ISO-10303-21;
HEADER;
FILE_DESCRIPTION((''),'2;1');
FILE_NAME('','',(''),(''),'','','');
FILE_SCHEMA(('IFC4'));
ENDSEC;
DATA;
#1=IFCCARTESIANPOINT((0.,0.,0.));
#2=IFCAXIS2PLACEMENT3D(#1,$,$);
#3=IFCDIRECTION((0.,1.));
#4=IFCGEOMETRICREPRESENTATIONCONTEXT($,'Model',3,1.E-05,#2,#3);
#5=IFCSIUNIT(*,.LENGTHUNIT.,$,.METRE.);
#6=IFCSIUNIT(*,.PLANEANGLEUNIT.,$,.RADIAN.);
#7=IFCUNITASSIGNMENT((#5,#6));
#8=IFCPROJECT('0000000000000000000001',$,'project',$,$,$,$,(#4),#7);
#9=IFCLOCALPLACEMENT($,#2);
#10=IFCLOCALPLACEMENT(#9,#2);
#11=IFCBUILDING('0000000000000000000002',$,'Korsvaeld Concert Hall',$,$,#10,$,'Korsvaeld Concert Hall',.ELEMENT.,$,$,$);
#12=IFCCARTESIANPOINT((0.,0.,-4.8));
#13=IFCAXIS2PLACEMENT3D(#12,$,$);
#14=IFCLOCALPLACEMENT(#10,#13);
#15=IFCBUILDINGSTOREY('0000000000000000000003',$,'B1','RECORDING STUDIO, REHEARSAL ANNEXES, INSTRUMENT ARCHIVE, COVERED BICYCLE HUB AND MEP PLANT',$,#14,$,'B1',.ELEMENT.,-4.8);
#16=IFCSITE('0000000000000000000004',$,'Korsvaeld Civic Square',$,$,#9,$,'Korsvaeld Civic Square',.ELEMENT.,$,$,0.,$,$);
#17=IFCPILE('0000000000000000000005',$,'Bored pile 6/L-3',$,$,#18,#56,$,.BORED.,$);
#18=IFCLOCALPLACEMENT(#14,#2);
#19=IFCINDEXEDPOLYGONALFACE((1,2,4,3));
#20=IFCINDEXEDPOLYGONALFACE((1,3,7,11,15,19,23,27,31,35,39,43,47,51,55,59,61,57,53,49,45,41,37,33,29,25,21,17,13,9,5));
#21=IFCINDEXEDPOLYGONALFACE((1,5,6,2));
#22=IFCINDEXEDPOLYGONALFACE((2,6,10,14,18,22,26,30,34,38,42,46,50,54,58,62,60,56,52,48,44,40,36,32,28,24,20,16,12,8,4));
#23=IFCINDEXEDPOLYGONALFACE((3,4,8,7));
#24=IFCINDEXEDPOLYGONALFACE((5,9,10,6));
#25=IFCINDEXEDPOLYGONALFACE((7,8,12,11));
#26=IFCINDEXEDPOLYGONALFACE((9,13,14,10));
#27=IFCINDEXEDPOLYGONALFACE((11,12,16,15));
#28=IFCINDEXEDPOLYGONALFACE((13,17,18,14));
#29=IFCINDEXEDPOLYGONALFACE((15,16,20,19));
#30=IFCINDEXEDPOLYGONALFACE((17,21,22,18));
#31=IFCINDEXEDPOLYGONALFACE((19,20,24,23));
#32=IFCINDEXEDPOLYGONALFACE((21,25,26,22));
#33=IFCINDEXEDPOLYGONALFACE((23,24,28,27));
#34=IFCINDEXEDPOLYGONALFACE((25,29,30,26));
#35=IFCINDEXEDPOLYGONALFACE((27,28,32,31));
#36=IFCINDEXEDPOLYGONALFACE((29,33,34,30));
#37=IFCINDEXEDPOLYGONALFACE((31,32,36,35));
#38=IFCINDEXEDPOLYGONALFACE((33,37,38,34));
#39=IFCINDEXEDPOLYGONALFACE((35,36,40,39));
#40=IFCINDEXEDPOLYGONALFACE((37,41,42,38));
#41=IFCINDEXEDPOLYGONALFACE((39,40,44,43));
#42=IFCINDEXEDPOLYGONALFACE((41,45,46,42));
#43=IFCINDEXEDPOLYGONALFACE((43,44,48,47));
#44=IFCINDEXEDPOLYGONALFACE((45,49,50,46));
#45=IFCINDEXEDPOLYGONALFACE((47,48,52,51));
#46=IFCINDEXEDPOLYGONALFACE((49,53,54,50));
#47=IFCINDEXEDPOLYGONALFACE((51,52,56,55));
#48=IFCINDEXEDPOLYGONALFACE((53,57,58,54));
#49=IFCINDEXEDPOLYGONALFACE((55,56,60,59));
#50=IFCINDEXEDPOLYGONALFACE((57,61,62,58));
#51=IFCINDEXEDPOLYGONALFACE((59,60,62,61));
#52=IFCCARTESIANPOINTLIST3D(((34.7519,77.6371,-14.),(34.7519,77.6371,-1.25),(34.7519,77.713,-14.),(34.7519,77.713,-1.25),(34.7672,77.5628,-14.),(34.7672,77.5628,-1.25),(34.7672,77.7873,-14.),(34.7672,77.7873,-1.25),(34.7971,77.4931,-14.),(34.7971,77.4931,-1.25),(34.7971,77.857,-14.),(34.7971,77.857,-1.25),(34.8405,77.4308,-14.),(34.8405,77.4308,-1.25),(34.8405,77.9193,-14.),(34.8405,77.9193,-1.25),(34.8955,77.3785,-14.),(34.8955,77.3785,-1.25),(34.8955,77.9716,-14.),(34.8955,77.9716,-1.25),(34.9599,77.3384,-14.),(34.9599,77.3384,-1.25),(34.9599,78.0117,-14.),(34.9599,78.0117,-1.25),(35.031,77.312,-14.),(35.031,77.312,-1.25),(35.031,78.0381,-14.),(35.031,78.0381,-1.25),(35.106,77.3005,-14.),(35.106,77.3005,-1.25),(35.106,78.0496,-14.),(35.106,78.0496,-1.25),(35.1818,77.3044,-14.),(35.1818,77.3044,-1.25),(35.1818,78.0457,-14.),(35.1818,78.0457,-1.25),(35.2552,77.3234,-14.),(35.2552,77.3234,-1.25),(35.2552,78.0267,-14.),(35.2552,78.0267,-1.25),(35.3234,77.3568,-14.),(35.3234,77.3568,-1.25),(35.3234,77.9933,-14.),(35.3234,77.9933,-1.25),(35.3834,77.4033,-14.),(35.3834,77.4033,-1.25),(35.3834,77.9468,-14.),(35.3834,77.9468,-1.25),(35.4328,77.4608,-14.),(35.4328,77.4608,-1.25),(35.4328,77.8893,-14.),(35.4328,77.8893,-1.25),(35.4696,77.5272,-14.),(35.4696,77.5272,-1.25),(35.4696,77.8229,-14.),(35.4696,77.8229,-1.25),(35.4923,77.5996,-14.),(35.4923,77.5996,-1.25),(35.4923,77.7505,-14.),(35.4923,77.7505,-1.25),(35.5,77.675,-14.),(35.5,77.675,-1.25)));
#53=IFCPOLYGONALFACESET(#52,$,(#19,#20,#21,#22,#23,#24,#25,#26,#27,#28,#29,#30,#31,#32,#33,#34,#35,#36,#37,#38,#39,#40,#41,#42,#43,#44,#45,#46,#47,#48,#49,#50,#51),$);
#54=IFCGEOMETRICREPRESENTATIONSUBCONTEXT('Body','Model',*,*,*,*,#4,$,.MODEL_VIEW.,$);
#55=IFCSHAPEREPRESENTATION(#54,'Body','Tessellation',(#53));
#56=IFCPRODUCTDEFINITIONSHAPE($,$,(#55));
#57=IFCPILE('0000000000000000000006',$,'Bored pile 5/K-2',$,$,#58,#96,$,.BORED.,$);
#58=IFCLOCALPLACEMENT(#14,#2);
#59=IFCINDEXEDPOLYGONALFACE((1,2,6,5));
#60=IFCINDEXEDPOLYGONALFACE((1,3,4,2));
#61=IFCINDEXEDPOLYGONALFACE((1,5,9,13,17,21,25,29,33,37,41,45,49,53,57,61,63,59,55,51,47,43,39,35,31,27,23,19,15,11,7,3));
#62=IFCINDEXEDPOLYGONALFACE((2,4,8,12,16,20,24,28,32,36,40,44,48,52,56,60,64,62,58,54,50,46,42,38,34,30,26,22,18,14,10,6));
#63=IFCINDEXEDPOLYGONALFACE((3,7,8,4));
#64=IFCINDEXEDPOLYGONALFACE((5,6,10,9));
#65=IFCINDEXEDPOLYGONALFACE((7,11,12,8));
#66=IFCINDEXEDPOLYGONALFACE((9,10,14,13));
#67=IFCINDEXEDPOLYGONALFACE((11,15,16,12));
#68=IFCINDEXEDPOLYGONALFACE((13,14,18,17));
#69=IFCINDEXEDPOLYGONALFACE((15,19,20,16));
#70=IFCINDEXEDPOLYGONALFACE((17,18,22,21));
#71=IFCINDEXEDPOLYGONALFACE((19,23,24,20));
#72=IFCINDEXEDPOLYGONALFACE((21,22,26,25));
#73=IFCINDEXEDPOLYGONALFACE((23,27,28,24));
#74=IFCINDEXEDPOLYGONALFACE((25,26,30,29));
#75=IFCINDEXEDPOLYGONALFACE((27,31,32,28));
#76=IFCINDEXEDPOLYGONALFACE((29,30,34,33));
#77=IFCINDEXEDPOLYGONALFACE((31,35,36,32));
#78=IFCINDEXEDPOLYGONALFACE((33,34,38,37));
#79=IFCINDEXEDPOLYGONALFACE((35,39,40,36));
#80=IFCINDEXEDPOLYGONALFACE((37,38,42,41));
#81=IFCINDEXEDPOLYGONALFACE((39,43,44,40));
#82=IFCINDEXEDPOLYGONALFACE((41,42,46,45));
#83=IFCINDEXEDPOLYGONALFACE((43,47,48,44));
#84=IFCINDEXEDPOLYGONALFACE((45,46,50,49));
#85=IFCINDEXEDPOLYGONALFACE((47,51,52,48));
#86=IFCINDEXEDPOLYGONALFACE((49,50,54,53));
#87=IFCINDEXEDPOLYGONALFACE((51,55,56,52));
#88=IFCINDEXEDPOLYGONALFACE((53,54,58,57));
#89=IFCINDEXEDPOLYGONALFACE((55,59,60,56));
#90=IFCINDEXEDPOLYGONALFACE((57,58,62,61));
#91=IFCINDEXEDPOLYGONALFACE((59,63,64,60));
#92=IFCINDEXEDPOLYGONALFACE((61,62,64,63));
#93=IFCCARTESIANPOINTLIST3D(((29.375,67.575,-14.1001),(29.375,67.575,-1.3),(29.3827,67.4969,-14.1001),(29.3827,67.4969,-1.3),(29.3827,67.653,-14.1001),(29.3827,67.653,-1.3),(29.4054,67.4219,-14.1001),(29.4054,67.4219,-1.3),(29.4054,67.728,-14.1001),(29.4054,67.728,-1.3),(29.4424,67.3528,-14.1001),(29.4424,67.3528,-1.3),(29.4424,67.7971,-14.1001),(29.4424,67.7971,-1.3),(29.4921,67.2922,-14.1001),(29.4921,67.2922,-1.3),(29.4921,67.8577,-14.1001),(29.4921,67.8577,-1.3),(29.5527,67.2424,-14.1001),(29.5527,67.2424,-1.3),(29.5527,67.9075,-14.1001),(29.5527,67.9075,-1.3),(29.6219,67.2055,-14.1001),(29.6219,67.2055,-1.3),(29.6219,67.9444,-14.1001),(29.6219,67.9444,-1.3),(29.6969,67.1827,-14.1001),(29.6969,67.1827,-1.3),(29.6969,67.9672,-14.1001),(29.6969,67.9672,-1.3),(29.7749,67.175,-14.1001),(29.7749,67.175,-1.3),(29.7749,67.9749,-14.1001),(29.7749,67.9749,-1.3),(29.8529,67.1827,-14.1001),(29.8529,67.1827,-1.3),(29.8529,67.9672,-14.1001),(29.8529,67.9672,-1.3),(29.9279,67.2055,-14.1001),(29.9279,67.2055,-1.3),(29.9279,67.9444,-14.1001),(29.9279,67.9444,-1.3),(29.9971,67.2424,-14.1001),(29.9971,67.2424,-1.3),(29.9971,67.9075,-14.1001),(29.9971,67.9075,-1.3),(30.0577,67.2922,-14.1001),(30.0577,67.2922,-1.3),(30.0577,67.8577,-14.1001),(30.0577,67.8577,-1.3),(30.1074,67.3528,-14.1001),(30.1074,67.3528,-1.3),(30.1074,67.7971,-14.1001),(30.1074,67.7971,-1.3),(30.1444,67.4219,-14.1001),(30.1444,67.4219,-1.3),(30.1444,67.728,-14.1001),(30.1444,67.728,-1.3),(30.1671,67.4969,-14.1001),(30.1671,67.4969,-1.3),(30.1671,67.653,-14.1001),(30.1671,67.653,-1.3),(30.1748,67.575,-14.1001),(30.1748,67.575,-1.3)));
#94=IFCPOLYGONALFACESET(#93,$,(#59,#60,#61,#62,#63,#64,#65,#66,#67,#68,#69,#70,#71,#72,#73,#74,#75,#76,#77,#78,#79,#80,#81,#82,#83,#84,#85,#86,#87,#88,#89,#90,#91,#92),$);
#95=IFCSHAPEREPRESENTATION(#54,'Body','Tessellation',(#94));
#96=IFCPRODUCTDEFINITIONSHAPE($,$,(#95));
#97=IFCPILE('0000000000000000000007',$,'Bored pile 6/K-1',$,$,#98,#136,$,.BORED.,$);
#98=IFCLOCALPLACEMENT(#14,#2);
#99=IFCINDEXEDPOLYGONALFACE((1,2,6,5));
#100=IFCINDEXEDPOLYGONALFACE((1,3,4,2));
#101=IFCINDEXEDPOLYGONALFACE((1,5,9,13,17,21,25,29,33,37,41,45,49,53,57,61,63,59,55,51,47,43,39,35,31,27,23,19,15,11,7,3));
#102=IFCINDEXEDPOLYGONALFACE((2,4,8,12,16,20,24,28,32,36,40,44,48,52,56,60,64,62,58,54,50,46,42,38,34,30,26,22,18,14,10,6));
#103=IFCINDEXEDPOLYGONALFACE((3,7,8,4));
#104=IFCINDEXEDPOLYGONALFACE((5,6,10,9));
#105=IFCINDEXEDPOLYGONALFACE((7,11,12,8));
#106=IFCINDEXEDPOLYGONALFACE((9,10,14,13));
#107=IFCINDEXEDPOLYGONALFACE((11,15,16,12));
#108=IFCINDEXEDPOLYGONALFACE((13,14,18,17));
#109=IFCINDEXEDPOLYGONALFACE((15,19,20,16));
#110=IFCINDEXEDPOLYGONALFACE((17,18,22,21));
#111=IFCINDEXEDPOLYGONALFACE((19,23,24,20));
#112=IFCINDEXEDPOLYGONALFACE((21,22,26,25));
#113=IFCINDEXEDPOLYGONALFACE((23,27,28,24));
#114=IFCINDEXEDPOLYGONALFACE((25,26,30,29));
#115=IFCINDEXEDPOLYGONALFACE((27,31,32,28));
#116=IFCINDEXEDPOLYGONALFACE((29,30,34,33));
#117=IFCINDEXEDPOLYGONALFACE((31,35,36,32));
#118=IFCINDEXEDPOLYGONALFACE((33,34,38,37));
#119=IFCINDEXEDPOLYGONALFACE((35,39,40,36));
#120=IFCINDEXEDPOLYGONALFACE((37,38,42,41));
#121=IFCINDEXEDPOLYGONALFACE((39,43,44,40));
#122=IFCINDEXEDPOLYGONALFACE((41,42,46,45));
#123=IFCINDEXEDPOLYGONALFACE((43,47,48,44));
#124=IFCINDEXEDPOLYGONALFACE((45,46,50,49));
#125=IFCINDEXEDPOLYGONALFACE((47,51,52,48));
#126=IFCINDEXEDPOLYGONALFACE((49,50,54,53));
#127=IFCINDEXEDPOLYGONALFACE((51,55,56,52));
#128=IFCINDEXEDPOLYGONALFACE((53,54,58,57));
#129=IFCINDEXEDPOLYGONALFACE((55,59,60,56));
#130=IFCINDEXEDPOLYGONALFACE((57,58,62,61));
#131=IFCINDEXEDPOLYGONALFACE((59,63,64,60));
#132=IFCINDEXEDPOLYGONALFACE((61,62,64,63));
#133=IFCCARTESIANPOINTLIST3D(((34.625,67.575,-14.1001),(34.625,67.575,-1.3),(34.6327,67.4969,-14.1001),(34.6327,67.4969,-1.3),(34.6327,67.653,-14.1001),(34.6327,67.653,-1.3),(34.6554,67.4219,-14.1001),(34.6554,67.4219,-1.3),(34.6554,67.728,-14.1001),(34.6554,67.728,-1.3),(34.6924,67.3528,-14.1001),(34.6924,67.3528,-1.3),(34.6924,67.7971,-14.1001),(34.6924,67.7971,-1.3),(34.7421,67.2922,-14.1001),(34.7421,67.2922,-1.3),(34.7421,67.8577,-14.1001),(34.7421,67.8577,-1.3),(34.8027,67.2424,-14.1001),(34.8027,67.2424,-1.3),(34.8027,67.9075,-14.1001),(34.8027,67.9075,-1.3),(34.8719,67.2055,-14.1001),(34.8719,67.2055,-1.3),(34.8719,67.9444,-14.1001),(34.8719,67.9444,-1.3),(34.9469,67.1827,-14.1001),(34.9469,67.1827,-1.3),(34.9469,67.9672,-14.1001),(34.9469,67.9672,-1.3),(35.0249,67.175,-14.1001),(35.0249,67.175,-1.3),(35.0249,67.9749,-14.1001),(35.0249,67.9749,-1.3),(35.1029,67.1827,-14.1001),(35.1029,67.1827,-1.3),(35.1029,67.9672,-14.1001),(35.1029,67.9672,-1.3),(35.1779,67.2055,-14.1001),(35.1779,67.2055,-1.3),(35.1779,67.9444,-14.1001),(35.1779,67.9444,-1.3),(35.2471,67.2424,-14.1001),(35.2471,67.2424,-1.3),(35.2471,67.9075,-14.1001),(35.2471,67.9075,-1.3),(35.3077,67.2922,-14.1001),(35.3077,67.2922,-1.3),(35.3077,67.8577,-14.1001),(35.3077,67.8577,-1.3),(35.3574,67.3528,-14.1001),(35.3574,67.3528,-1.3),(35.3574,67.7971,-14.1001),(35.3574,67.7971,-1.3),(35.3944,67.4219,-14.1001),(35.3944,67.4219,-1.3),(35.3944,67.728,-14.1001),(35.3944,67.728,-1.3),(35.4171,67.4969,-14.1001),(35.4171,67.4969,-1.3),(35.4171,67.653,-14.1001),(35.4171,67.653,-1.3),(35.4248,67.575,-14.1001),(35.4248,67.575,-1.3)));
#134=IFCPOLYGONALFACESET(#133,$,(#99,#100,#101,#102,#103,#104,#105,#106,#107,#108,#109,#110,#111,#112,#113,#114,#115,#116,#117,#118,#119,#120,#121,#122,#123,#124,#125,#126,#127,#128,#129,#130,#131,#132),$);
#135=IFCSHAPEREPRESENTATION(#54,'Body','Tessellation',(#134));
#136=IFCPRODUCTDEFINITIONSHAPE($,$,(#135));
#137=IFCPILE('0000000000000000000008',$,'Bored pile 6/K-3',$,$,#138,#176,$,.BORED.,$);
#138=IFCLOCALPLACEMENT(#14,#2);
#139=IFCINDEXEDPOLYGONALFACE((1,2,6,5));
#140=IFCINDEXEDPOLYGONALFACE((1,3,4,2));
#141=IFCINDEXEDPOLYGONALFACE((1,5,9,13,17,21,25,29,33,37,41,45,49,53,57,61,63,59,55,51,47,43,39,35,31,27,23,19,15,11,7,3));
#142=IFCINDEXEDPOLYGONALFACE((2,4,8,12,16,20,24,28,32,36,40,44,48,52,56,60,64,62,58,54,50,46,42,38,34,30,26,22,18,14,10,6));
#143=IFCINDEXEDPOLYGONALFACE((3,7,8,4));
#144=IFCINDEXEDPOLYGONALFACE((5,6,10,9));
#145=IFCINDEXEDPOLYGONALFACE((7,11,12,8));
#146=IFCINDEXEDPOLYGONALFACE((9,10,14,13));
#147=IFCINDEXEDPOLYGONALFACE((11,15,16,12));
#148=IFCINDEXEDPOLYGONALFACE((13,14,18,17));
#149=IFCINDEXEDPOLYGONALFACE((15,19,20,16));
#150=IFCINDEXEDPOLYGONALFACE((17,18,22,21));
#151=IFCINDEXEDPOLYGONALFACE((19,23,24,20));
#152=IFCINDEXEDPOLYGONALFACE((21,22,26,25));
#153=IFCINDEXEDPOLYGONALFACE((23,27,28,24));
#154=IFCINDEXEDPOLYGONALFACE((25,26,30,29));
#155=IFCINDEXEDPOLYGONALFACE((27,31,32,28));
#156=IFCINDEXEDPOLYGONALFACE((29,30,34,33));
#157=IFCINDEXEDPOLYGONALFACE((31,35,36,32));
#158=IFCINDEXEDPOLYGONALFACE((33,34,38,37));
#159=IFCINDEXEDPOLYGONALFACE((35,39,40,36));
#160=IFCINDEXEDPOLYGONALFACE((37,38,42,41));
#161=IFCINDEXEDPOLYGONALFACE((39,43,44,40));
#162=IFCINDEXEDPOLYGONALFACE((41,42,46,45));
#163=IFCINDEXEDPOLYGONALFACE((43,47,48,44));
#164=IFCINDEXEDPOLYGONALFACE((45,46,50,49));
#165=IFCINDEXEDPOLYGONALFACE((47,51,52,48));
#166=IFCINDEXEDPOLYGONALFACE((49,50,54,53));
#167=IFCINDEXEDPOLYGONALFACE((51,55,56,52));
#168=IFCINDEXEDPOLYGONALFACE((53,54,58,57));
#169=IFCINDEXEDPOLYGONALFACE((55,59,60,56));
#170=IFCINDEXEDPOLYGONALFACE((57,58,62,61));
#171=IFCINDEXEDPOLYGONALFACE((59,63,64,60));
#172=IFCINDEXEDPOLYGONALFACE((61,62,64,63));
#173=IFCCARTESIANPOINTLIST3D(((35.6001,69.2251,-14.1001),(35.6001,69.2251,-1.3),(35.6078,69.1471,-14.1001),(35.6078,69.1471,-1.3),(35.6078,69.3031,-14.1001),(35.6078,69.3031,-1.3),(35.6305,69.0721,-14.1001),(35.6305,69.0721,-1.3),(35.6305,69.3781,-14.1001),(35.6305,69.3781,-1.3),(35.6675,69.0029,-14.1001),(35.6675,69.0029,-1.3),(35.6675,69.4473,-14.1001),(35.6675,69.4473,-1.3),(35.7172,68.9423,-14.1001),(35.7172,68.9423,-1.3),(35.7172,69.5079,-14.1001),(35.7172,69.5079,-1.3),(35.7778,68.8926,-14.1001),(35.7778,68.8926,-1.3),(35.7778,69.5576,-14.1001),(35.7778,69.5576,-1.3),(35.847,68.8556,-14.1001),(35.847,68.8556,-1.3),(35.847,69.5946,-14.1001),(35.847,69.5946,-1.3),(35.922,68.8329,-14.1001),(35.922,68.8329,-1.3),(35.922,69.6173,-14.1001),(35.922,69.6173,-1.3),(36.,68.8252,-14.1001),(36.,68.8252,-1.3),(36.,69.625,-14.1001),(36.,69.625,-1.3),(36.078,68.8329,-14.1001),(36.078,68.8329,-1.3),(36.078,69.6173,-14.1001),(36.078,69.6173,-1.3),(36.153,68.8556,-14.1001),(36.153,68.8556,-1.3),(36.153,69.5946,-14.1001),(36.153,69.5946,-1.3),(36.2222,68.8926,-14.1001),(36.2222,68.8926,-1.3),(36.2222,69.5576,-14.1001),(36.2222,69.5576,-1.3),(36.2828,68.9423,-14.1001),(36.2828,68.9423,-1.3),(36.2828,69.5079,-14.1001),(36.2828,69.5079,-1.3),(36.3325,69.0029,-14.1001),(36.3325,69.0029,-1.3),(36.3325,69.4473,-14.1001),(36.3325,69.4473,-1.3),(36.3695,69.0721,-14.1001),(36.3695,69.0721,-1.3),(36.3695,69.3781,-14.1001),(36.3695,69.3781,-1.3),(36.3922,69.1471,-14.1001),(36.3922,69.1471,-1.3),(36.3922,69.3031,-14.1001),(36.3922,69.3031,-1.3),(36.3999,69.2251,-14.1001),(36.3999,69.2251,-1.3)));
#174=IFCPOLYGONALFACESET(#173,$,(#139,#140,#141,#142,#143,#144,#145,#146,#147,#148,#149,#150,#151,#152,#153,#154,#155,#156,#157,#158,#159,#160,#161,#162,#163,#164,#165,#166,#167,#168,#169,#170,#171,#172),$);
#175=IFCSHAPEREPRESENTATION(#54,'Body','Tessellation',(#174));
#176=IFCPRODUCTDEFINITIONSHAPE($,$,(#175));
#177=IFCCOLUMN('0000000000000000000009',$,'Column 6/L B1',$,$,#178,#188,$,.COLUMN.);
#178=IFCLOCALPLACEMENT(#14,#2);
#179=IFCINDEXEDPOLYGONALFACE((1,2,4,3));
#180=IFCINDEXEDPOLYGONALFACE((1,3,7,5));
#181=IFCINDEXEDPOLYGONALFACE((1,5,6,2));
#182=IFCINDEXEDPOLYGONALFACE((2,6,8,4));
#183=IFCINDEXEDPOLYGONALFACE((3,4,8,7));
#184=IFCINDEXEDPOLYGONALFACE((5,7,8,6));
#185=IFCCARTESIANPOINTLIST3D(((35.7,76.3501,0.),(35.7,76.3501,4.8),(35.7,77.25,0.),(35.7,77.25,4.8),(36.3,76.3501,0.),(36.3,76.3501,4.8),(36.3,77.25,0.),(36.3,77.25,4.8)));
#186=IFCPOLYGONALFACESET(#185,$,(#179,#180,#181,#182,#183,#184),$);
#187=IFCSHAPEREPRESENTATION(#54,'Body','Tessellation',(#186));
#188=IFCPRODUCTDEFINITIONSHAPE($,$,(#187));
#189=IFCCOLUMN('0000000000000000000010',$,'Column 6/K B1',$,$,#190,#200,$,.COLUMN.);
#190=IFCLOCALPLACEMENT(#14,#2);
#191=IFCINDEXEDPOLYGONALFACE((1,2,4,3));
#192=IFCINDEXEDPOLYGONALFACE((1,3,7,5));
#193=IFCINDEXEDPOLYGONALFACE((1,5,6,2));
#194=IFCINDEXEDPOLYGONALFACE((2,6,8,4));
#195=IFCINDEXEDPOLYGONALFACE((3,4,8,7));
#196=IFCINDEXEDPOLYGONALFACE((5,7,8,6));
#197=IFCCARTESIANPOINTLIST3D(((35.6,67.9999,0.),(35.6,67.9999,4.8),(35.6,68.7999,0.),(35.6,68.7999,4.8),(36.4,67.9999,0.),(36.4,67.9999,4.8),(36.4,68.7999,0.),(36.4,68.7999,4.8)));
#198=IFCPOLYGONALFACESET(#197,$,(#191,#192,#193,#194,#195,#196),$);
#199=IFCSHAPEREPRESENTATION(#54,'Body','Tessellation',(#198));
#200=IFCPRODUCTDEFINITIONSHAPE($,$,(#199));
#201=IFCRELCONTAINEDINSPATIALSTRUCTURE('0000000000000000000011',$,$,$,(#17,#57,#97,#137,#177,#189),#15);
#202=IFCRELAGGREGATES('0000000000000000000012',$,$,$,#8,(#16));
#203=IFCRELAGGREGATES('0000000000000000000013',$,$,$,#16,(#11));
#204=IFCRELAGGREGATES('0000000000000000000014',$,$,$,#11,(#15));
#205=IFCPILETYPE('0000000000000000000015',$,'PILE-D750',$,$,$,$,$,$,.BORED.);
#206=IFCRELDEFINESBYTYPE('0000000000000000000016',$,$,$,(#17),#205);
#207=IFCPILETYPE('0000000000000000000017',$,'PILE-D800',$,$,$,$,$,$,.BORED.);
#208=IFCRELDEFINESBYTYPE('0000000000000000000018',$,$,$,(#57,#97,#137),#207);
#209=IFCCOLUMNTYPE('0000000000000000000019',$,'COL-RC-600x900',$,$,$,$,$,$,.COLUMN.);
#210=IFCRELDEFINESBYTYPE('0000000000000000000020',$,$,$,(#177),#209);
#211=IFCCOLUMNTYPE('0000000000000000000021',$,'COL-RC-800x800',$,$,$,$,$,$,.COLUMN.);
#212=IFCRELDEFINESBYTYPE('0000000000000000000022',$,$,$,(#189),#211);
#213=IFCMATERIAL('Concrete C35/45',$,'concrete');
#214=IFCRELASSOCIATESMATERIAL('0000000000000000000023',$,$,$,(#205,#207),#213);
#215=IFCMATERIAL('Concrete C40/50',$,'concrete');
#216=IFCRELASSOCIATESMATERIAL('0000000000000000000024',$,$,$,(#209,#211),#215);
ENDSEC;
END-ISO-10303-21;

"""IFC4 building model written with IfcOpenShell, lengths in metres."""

from ifc_helpers import new_model, si_unit, direction, frame, origin, origin_2d, place, context, subcontext, project, spatial, rectangle, circle, extrude, material, material_profile, profile_set, type_object, element, save


model = new_model("IFC4")

# Units and contexts
model_context = context("Model", 3, precision=1e-05, world=origin(), true_north=direction((0.0, 1.0)))
body_context = subcontext(model_context, "Body", "Model", "MODEL_VIEW")
ifc_project = project(units=[si_unit("LENGTHUNIT", "METRE"), si_unit("PLANEANGLEUNIT", "RADIAN")], contexts=[model_context])

# Site, building, storey
site_placement = place(None, origin())
site = spatial("IfcSite", under=ifc_project, at=site_placement, Name="Korsvaeld Civic Square", LongName="Korsvaeld Civic Square", CompositionType="ELEMENT", RefElevation=0.0)
building_placement = place(site_placement, origin())
building = spatial("IfcBuilding", under=site, at=building_placement, Name="Korsvaeld Concert Hall", LongName="Korsvaeld Concert Hall", CompositionType="ELEMENT")
storey_placement = place(building_placement, frame((0.0, 0.0, -4.8)))
storey = spatial("IfcBuildingStorey", under=building, at=storey_placement, Name="B1", Description="RECORDING STUDIO, REHEARSAL ANNEXES, INSTRUMENT ARCHIVE, COVERED BICYCLE HUB AND MEP PLANT", LongName="B1", CompositionType="ELEMENT", Elevation=-4.8)

# Shared definitions
ifc_material_1 = material(Name="Concrete C35/45", Category="concrete")

# Piles
ifc_material_profile_1 = material_profile(ifc_material_1, circle(Radius=0.375, at=origin_2d()), Name="BORED PILE D750")
ifc_profile_set_1 = profile_set([ifc_material_profile_1], Name="Concrete C35/45")
pile_type_1 = type_object("IfcPileType", Name="PILE-D750", PredefinedType="BORED", material=ifc_profile_set_1)
for number, where, z_axis, x_axis, name in (
    (1, (35.125, 77.675, -1.25), (0.0, 0.0, -1.0), (1.0, 0.0, 0.0), "Bored pile 6/L-3"),
):
    element("IfcPile", number, at=place(storey_placement, frame(where, z_axis=z_axis, x_axis=x_axis)), inside=storey, type_object=pile_type_1, Name=name, PredefinedType="BORED", context=body_context, shape_type="SweptSolid", body=[
        extrude(circle(Radius=0.375, at=origin_2d()), origin(), (0.0, 0.0, 1.0), 12.75),
    ])
ifc_material_profile_2 = material_profile(ifc_material_1, circle(Radius=0.3999, at=origin_2d()), Name="BORED PILE D800")
ifc_profile_set_2 = profile_set([ifc_material_profile_2], Name="Concrete C35/45")
pile_type_2 = type_object("IfcPileType", Name="PILE-D800", PredefinedType="BORED", material=ifc_profile_set_2)
for number, where, z_axis, x_axis, name in (
    (2, (29.7749, 67.575, -1.3), (0.0, 0.0, -1.0), (1.0, 0.0, 0.0), "Bored pile 5/K-2"),
    (3, (35.0249, 67.575, -1.3), (0.0, 0.0, -1.0), (1.0, 0.0, 0.0), "Bored pile 6/K-1"),
    (4, (36.0, 69.2251, -1.3), (0.0, 0.0, -1.0), (1.0, 0.0, 0.0), "Bored pile 6/K-3"),
):
    element("IfcPile", number, at=place(storey_placement, frame(where, z_axis=z_axis, x_axis=x_axis)), inside=storey, type_object=pile_type_2, Name=name, PredefinedType="BORED", context=body_context, shape_type="SweptSolid", body=[
        extrude(circle(Radius=0.3999, at=origin_2d()), origin(), (0.0, 0.0, 1.0), 12.8),
    ])

# Columns
ifc_material_2 = material(Name="Concrete C40/50", Category="concrete")
ifc_material_profile_3 = material_profile(ifc_material_2, rectangle(XDim=0.6001, YDim=0.8999, at=origin_2d()), Name="RC 600x900")
ifc_profile_set_3 = profile_set([ifc_material_profile_3], Name="Concrete C40/50")
column_type_1 = type_object("IfcColumnType", Name="COL-RC-600x900", PredefinedType="COLUMN", material=ifc_profile_set_3)
column_1_placement = place(storey_placement, frame((36.0, 76.8, 0.0), z_axis=(0.0, 0.0, 1.0), x_axis=(1.0, 0.0, 0.0)))
element("IfcColumn", 5, at=column_1_placement, inside=storey, type_object=column_type_1, Name="Column 6/L B1", PredefinedType="COLUMN", context=body_context, shape_type="SweptSolid", body=[
    extrude(rectangle(XDim=0.6001, YDim=0.8999, at=origin_2d()), origin(), (0.0, 0.0, 1.0), 4.8),
])
ifc_material_profile_4 = material_profile(ifc_material_2, rectangle(XDim=0.8, YDim=0.8, at=origin_2d()), Name="RC 800x800")
ifc_profile_set_4 = profile_set([ifc_material_profile_4], Name="Concrete C40/50")
column_type_2 = type_object("IfcColumnType", Name="COL-RC-800x800", PredefinedType="COLUMN", material=ifc_profile_set_4)
column_2_placement = place(storey_placement, frame((36.0, 68.3999, 0.0), z_axis=(0.0, 0.0, 1.0), x_axis=(1.0, 0.0, 0.0)))
element("IfcColumn", 6, at=column_2_placement, inside=storey, type_object=column_type_2, Name="Column 6/K B1", PredefinedType="COLUMN", context=body_context, shape_type="SweptSolid", body=[
    extrude(rectangle(XDim=0.8, YDim=0.8, at=origin_2d()), origin(), (0.0, 0.0, 1.0), 4.8),
])

save(model, "model.ifc")
